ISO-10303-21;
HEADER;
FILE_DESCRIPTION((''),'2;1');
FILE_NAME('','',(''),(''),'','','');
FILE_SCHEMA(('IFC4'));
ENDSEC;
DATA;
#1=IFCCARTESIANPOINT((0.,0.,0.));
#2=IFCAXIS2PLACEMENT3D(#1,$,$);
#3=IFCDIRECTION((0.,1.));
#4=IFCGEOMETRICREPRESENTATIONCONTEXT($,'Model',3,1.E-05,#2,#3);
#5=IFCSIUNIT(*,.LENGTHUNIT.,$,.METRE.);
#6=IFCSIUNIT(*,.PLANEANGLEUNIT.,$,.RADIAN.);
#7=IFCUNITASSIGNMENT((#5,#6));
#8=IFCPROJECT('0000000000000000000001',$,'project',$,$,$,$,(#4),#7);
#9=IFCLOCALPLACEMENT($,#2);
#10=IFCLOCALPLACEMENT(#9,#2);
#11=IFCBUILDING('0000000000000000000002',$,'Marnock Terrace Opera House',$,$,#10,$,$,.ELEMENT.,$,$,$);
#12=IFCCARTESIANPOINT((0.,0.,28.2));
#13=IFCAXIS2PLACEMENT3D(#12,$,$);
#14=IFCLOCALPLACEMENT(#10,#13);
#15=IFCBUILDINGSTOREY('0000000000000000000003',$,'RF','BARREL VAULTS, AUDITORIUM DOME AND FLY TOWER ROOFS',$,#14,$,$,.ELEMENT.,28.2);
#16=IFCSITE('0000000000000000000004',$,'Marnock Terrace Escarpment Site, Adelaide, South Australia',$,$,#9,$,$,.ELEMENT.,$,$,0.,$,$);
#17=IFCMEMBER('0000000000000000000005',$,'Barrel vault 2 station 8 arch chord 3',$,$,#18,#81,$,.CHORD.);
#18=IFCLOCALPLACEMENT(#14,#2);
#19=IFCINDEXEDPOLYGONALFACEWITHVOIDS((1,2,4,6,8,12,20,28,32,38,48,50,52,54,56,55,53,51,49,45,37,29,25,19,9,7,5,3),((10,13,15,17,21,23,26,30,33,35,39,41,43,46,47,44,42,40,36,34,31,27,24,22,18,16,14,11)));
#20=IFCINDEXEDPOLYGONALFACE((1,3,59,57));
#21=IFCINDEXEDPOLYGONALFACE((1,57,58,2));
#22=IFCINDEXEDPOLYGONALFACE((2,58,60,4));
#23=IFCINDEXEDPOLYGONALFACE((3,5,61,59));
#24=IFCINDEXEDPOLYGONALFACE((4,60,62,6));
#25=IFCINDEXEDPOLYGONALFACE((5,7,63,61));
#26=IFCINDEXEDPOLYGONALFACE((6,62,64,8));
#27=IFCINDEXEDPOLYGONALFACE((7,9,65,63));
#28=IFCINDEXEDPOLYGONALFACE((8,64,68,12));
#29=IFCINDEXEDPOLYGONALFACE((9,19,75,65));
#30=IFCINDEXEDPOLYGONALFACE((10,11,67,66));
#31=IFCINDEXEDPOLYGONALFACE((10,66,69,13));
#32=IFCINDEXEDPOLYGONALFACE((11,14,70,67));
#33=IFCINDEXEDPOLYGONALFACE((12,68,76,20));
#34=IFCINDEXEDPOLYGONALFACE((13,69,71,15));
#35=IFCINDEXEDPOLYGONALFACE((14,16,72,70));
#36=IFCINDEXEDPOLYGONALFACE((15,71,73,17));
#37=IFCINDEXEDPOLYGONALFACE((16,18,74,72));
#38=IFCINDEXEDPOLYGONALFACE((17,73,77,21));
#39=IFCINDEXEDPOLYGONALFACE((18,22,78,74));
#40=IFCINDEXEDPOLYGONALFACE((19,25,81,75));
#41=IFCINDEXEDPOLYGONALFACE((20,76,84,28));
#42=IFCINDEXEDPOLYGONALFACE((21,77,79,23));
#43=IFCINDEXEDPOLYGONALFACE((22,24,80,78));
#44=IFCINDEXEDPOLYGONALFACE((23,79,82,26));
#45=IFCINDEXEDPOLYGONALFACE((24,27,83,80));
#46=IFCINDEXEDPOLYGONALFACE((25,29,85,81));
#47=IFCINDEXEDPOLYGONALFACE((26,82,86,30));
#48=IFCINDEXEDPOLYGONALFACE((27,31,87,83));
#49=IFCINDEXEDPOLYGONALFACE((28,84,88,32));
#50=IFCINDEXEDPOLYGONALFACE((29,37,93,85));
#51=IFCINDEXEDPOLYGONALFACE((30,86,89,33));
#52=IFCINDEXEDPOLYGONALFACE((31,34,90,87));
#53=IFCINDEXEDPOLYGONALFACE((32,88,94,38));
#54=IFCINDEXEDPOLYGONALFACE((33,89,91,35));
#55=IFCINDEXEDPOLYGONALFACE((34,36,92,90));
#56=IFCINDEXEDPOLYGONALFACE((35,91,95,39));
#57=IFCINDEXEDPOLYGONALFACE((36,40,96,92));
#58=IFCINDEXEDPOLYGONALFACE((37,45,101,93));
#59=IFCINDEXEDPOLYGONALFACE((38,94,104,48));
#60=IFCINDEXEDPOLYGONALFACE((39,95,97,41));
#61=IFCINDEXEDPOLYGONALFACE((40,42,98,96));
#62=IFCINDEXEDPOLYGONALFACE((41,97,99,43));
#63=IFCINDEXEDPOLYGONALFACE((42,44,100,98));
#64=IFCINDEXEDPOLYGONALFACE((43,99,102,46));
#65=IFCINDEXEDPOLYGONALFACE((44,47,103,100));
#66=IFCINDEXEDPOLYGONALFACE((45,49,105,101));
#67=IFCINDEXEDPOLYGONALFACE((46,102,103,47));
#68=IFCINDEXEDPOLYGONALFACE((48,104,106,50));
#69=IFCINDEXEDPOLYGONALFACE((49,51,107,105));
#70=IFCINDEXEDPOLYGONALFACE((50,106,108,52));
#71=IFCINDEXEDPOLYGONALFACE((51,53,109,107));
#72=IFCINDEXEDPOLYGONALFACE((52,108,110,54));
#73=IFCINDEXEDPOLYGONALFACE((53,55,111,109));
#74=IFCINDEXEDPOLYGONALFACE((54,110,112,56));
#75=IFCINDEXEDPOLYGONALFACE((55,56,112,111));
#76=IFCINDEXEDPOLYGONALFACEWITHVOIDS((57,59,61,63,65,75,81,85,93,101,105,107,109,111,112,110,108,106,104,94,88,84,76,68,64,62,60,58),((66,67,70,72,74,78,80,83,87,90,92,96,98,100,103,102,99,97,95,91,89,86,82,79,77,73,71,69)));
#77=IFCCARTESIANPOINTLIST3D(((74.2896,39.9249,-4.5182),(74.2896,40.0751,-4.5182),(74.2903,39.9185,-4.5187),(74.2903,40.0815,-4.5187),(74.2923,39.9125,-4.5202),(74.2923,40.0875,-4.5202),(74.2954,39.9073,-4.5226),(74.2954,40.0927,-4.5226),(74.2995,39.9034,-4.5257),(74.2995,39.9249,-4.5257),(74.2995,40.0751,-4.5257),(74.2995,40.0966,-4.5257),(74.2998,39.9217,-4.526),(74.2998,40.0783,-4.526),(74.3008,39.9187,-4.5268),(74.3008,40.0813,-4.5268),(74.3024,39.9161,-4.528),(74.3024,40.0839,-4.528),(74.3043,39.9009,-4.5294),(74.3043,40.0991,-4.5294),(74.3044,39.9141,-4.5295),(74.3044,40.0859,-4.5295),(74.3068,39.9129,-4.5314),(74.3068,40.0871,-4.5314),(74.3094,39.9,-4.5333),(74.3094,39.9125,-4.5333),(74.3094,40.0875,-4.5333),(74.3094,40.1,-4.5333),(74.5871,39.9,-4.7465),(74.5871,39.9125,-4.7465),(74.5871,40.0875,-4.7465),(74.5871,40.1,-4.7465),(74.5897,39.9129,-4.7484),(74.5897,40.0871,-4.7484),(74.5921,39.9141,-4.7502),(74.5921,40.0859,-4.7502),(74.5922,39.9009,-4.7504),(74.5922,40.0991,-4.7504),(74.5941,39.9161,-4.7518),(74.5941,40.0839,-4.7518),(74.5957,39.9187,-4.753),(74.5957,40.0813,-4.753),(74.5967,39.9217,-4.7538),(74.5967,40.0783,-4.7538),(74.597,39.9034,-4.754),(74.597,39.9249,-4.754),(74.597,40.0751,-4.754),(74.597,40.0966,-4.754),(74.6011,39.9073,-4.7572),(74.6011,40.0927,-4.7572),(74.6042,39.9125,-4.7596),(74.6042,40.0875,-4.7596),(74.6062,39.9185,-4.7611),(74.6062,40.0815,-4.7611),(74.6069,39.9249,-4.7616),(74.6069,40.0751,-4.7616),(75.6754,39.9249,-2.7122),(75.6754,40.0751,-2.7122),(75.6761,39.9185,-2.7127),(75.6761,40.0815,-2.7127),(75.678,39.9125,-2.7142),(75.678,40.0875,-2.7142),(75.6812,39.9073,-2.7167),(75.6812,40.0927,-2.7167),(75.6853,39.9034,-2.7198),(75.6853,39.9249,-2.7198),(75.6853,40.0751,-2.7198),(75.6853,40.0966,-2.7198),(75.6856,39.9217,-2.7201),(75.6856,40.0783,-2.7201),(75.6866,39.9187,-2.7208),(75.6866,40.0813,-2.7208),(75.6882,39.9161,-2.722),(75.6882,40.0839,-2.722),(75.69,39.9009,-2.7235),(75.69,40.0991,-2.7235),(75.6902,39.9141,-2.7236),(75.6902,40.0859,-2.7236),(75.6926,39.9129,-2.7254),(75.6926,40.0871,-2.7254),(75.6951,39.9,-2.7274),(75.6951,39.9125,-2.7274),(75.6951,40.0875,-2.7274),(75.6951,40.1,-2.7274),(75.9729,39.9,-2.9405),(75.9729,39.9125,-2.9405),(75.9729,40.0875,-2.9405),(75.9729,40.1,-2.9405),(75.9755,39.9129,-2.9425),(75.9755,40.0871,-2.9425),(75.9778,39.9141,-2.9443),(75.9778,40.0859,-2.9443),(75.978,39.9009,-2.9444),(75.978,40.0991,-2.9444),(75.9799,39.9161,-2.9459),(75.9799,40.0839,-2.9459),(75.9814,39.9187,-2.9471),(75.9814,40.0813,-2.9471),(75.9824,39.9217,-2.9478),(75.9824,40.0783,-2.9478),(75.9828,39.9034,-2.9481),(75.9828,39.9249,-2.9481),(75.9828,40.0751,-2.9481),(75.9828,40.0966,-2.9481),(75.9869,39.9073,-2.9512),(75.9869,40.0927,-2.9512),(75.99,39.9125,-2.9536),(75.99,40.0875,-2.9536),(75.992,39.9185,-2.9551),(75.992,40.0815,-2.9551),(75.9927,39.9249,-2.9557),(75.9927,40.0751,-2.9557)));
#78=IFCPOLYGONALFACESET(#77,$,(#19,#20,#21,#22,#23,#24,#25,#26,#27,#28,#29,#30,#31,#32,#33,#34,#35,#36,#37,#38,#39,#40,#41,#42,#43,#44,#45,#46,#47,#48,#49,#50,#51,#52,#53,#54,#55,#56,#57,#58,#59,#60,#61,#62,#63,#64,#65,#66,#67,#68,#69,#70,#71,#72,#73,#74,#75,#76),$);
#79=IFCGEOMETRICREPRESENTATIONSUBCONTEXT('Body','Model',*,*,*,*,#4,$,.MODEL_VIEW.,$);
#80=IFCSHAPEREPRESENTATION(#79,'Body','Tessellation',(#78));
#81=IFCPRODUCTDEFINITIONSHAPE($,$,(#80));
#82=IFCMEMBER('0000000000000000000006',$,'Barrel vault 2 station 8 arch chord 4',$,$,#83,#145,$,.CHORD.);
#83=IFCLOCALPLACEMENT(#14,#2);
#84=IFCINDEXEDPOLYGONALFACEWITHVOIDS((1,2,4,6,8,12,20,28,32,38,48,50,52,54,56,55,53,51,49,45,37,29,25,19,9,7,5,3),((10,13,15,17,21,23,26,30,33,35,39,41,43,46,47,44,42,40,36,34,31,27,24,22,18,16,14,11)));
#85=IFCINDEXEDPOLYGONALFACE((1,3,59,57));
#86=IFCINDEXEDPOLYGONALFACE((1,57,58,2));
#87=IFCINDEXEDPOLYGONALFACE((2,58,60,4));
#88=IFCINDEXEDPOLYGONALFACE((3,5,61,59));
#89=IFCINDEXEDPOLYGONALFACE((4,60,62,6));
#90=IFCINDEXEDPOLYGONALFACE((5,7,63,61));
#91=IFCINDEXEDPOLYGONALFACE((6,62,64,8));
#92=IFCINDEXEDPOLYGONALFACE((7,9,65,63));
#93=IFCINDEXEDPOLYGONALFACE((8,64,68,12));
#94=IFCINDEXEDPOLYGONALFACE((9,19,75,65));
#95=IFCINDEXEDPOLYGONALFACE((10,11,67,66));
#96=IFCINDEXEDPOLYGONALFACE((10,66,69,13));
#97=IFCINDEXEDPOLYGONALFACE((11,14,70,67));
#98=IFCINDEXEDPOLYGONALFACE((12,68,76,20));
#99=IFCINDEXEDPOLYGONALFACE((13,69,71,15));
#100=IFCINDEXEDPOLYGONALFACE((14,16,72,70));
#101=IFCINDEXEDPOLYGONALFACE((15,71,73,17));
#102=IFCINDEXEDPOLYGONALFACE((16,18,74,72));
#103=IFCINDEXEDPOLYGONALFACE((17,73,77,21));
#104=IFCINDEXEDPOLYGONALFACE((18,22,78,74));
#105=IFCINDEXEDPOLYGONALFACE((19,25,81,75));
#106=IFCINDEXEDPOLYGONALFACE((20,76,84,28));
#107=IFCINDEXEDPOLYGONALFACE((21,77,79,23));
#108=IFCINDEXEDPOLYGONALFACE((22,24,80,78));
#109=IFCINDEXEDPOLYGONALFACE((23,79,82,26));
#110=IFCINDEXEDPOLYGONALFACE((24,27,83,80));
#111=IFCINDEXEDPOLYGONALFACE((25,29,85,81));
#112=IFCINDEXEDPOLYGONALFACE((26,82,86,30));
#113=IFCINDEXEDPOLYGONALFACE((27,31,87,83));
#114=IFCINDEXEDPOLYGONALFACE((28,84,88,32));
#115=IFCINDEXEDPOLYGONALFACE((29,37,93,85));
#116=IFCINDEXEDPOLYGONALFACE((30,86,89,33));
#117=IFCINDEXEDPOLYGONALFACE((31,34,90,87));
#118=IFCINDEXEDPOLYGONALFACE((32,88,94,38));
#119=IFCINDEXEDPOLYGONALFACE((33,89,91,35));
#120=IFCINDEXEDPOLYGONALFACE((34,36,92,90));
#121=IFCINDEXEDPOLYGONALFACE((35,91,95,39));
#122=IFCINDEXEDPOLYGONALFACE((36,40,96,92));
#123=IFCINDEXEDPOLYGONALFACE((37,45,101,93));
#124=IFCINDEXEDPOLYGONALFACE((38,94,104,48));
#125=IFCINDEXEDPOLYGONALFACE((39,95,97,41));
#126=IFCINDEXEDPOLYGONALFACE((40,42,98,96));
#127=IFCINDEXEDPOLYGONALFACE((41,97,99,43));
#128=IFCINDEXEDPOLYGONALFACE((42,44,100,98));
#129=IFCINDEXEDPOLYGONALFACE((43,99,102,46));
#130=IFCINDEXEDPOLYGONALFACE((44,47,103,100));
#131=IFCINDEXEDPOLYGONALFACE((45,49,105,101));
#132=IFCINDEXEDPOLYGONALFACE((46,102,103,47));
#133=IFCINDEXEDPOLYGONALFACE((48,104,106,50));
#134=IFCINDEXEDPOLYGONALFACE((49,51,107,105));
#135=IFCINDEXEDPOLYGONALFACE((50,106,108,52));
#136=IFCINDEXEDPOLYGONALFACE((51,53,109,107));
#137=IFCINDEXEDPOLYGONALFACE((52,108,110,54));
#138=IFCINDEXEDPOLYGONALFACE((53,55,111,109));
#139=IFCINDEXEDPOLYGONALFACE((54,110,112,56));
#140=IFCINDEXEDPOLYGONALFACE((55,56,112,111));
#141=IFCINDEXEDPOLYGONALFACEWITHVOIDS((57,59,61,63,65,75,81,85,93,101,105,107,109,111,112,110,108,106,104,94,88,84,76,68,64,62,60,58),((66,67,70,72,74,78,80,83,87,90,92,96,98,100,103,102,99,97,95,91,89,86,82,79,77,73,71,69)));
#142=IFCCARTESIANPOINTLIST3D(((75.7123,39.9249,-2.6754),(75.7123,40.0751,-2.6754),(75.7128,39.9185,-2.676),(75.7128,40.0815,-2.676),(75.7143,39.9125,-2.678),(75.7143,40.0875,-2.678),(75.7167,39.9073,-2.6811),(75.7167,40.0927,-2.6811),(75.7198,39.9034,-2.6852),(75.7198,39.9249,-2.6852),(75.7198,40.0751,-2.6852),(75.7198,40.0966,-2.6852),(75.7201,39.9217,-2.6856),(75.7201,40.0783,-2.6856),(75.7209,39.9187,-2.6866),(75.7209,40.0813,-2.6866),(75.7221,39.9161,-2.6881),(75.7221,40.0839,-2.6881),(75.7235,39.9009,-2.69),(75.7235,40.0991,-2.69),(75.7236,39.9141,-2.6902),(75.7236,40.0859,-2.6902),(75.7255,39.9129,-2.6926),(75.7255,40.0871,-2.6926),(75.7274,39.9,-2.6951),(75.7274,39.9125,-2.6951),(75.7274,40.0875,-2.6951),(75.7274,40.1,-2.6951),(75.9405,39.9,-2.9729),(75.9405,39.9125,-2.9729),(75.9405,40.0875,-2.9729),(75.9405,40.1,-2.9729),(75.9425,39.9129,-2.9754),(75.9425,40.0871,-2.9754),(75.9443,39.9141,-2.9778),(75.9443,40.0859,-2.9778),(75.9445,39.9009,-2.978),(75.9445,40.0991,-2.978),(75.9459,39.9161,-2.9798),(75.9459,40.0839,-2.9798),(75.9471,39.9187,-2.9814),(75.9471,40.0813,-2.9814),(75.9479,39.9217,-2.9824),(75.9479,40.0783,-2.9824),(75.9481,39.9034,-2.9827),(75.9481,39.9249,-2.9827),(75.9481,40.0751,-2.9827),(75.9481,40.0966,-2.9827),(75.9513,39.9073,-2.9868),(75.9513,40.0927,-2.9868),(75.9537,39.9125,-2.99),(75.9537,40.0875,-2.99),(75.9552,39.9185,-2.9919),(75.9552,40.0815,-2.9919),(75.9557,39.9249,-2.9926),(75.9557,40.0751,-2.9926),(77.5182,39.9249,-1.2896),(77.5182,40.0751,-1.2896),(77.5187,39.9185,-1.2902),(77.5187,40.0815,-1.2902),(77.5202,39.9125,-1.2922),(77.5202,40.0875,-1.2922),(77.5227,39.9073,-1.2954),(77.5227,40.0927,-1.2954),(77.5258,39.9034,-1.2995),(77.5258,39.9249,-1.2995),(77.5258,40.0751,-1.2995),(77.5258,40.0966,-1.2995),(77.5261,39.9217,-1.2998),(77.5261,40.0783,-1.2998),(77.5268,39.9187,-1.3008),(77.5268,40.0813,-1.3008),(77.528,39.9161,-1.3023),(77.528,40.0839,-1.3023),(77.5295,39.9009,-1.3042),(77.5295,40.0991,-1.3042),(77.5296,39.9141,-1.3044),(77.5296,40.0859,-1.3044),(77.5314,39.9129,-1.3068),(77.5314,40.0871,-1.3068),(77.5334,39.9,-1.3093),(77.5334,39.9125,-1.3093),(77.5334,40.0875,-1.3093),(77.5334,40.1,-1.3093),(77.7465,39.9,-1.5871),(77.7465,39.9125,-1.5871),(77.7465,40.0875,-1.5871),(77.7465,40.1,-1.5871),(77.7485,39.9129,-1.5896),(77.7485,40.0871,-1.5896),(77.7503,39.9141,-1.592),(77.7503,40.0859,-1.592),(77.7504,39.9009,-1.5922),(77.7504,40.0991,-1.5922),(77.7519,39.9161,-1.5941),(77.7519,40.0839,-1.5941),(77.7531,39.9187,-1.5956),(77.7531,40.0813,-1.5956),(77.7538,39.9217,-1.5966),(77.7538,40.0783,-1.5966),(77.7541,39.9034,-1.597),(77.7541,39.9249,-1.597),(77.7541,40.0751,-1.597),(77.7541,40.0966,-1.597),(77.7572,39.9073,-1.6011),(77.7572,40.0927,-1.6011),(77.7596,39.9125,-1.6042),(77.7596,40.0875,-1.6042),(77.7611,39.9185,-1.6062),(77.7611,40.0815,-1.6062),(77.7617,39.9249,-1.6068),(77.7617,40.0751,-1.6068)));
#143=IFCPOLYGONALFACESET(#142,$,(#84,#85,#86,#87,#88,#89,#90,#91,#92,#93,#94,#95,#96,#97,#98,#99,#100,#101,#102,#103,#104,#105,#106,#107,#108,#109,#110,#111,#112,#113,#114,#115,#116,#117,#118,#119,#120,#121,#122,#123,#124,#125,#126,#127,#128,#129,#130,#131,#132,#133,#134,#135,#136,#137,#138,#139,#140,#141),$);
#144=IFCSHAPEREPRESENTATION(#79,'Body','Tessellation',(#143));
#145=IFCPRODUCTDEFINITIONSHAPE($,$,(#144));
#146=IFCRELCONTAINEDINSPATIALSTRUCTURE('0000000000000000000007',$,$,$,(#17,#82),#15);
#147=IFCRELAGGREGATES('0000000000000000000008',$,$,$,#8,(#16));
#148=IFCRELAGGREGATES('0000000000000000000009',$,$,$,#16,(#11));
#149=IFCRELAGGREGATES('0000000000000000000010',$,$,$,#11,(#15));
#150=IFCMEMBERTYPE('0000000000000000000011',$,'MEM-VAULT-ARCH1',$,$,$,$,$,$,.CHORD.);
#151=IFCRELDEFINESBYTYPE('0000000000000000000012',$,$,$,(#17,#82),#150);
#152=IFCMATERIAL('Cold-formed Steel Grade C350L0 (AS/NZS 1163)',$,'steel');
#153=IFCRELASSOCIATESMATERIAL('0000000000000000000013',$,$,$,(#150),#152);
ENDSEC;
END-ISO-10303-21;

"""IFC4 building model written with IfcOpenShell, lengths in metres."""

from ifc_helpers import new_model, si_unit, direction, frame, origin, origin_2d, place, context, subcontext, project, spatial, hollow_rectangle, extrude, material, material_profile, profile_set, type_object, element, save


model = new_model("IFC4")

# Units and contexts
model_context = context("Model", 3, precision=1e-05, world=origin(), true_north=direction((0.0, 1.0)))
body_context = subcontext(model_context, "Body", "Model", "MODEL_VIEW")
ifc_project = project(units=[si_unit("LENGTHUNIT", "METRE"), si_unit("PLANEANGLEUNIT", "RADIAN")], contexts=[model_context])

# Site, building, storey
site_placement = place(None, origin())
site = spatial("IfcSite", under=ifc_project, at=site_placement, Name="Marnock Terrace Escarpment Site, Adelaide, South Australia", CompositionType="ELEMENT", RefElevation=0.0)
building_placement = place(site_placement, origin())
building = spatial("IfcBuilding", under=site, at=building_placement, Name="Marnock Terrace Opera House", CompositionType="ELEMENT")
storey_placement = place(building_placement, frame((0.0, 0.0, 28.2)))
storey = spatial("IfcBuildingStorey", under=building, at=storey_placement, Name="RF", Description="BARREL VAULTS, AUDITORIUM DOME AND FLY TOWER ROOFS", CompositionType="ELEMENT", Elevation=28.2)

# Members
ifc_material_1 = material(Name="Cold-formed Steel Grade C350L0 (AS/NZS 1163)", Category="steel")
ifc_material_profile_1 = material_profile(ifc_material_1, hollow_rectangle(XDim=0.2, YDim=0.3999, WallThickness=0.0125, InnerFilletRadius=0.0125, OuterFilletRadius=0.0249, at=origin_2d()))
ifc_profile_set_1 = profile_set([ifc_material_profile_1], Name="Cold-formed Steel Grade C350L0 (AS/NZS 1163)")
member_type_1 = type_object("IfcMemberType", Name="MEM-VAULT-ARCH1", PredefinedType="CHORD", material=ifc_profile_set_1)
for number, where, z_axis, x_axis, name in (
    (1, (74.4482, 40.0, -4.6399), (0.608767, 0.0, 0.793349), (0.0, 1.0, 0.0), "Barrel vault 2 station 8 arch chord 3"),
    (2, (75.834, 40.0, -2.834), (0.793349, 0.0, 0.608767), (0.0, 1.0, 0.0), "Barrel vault 2 station 8 arch chord 4"),
):
    element("IfcMember", number, at=place(storey_placement, frame(where, z_axis=z_axis, x_axis=x_axis)), inside=storey, type_object=member_type_1, Name=name, PredefinedType="CHORD", context=body_context, shape_type="SweptSolid", body=[
        extrude(hollow_rectangle(XDim=0.2, YDim=0.3999, WallThickness=0.0125, InnerFilletRadius=0.0125, OuterFilletRadius=0.0249, at=origin_2d()), origin(), (0.0, 0.0, 1.0), 2.2764),
    ])

save(model, "model.ifc")
